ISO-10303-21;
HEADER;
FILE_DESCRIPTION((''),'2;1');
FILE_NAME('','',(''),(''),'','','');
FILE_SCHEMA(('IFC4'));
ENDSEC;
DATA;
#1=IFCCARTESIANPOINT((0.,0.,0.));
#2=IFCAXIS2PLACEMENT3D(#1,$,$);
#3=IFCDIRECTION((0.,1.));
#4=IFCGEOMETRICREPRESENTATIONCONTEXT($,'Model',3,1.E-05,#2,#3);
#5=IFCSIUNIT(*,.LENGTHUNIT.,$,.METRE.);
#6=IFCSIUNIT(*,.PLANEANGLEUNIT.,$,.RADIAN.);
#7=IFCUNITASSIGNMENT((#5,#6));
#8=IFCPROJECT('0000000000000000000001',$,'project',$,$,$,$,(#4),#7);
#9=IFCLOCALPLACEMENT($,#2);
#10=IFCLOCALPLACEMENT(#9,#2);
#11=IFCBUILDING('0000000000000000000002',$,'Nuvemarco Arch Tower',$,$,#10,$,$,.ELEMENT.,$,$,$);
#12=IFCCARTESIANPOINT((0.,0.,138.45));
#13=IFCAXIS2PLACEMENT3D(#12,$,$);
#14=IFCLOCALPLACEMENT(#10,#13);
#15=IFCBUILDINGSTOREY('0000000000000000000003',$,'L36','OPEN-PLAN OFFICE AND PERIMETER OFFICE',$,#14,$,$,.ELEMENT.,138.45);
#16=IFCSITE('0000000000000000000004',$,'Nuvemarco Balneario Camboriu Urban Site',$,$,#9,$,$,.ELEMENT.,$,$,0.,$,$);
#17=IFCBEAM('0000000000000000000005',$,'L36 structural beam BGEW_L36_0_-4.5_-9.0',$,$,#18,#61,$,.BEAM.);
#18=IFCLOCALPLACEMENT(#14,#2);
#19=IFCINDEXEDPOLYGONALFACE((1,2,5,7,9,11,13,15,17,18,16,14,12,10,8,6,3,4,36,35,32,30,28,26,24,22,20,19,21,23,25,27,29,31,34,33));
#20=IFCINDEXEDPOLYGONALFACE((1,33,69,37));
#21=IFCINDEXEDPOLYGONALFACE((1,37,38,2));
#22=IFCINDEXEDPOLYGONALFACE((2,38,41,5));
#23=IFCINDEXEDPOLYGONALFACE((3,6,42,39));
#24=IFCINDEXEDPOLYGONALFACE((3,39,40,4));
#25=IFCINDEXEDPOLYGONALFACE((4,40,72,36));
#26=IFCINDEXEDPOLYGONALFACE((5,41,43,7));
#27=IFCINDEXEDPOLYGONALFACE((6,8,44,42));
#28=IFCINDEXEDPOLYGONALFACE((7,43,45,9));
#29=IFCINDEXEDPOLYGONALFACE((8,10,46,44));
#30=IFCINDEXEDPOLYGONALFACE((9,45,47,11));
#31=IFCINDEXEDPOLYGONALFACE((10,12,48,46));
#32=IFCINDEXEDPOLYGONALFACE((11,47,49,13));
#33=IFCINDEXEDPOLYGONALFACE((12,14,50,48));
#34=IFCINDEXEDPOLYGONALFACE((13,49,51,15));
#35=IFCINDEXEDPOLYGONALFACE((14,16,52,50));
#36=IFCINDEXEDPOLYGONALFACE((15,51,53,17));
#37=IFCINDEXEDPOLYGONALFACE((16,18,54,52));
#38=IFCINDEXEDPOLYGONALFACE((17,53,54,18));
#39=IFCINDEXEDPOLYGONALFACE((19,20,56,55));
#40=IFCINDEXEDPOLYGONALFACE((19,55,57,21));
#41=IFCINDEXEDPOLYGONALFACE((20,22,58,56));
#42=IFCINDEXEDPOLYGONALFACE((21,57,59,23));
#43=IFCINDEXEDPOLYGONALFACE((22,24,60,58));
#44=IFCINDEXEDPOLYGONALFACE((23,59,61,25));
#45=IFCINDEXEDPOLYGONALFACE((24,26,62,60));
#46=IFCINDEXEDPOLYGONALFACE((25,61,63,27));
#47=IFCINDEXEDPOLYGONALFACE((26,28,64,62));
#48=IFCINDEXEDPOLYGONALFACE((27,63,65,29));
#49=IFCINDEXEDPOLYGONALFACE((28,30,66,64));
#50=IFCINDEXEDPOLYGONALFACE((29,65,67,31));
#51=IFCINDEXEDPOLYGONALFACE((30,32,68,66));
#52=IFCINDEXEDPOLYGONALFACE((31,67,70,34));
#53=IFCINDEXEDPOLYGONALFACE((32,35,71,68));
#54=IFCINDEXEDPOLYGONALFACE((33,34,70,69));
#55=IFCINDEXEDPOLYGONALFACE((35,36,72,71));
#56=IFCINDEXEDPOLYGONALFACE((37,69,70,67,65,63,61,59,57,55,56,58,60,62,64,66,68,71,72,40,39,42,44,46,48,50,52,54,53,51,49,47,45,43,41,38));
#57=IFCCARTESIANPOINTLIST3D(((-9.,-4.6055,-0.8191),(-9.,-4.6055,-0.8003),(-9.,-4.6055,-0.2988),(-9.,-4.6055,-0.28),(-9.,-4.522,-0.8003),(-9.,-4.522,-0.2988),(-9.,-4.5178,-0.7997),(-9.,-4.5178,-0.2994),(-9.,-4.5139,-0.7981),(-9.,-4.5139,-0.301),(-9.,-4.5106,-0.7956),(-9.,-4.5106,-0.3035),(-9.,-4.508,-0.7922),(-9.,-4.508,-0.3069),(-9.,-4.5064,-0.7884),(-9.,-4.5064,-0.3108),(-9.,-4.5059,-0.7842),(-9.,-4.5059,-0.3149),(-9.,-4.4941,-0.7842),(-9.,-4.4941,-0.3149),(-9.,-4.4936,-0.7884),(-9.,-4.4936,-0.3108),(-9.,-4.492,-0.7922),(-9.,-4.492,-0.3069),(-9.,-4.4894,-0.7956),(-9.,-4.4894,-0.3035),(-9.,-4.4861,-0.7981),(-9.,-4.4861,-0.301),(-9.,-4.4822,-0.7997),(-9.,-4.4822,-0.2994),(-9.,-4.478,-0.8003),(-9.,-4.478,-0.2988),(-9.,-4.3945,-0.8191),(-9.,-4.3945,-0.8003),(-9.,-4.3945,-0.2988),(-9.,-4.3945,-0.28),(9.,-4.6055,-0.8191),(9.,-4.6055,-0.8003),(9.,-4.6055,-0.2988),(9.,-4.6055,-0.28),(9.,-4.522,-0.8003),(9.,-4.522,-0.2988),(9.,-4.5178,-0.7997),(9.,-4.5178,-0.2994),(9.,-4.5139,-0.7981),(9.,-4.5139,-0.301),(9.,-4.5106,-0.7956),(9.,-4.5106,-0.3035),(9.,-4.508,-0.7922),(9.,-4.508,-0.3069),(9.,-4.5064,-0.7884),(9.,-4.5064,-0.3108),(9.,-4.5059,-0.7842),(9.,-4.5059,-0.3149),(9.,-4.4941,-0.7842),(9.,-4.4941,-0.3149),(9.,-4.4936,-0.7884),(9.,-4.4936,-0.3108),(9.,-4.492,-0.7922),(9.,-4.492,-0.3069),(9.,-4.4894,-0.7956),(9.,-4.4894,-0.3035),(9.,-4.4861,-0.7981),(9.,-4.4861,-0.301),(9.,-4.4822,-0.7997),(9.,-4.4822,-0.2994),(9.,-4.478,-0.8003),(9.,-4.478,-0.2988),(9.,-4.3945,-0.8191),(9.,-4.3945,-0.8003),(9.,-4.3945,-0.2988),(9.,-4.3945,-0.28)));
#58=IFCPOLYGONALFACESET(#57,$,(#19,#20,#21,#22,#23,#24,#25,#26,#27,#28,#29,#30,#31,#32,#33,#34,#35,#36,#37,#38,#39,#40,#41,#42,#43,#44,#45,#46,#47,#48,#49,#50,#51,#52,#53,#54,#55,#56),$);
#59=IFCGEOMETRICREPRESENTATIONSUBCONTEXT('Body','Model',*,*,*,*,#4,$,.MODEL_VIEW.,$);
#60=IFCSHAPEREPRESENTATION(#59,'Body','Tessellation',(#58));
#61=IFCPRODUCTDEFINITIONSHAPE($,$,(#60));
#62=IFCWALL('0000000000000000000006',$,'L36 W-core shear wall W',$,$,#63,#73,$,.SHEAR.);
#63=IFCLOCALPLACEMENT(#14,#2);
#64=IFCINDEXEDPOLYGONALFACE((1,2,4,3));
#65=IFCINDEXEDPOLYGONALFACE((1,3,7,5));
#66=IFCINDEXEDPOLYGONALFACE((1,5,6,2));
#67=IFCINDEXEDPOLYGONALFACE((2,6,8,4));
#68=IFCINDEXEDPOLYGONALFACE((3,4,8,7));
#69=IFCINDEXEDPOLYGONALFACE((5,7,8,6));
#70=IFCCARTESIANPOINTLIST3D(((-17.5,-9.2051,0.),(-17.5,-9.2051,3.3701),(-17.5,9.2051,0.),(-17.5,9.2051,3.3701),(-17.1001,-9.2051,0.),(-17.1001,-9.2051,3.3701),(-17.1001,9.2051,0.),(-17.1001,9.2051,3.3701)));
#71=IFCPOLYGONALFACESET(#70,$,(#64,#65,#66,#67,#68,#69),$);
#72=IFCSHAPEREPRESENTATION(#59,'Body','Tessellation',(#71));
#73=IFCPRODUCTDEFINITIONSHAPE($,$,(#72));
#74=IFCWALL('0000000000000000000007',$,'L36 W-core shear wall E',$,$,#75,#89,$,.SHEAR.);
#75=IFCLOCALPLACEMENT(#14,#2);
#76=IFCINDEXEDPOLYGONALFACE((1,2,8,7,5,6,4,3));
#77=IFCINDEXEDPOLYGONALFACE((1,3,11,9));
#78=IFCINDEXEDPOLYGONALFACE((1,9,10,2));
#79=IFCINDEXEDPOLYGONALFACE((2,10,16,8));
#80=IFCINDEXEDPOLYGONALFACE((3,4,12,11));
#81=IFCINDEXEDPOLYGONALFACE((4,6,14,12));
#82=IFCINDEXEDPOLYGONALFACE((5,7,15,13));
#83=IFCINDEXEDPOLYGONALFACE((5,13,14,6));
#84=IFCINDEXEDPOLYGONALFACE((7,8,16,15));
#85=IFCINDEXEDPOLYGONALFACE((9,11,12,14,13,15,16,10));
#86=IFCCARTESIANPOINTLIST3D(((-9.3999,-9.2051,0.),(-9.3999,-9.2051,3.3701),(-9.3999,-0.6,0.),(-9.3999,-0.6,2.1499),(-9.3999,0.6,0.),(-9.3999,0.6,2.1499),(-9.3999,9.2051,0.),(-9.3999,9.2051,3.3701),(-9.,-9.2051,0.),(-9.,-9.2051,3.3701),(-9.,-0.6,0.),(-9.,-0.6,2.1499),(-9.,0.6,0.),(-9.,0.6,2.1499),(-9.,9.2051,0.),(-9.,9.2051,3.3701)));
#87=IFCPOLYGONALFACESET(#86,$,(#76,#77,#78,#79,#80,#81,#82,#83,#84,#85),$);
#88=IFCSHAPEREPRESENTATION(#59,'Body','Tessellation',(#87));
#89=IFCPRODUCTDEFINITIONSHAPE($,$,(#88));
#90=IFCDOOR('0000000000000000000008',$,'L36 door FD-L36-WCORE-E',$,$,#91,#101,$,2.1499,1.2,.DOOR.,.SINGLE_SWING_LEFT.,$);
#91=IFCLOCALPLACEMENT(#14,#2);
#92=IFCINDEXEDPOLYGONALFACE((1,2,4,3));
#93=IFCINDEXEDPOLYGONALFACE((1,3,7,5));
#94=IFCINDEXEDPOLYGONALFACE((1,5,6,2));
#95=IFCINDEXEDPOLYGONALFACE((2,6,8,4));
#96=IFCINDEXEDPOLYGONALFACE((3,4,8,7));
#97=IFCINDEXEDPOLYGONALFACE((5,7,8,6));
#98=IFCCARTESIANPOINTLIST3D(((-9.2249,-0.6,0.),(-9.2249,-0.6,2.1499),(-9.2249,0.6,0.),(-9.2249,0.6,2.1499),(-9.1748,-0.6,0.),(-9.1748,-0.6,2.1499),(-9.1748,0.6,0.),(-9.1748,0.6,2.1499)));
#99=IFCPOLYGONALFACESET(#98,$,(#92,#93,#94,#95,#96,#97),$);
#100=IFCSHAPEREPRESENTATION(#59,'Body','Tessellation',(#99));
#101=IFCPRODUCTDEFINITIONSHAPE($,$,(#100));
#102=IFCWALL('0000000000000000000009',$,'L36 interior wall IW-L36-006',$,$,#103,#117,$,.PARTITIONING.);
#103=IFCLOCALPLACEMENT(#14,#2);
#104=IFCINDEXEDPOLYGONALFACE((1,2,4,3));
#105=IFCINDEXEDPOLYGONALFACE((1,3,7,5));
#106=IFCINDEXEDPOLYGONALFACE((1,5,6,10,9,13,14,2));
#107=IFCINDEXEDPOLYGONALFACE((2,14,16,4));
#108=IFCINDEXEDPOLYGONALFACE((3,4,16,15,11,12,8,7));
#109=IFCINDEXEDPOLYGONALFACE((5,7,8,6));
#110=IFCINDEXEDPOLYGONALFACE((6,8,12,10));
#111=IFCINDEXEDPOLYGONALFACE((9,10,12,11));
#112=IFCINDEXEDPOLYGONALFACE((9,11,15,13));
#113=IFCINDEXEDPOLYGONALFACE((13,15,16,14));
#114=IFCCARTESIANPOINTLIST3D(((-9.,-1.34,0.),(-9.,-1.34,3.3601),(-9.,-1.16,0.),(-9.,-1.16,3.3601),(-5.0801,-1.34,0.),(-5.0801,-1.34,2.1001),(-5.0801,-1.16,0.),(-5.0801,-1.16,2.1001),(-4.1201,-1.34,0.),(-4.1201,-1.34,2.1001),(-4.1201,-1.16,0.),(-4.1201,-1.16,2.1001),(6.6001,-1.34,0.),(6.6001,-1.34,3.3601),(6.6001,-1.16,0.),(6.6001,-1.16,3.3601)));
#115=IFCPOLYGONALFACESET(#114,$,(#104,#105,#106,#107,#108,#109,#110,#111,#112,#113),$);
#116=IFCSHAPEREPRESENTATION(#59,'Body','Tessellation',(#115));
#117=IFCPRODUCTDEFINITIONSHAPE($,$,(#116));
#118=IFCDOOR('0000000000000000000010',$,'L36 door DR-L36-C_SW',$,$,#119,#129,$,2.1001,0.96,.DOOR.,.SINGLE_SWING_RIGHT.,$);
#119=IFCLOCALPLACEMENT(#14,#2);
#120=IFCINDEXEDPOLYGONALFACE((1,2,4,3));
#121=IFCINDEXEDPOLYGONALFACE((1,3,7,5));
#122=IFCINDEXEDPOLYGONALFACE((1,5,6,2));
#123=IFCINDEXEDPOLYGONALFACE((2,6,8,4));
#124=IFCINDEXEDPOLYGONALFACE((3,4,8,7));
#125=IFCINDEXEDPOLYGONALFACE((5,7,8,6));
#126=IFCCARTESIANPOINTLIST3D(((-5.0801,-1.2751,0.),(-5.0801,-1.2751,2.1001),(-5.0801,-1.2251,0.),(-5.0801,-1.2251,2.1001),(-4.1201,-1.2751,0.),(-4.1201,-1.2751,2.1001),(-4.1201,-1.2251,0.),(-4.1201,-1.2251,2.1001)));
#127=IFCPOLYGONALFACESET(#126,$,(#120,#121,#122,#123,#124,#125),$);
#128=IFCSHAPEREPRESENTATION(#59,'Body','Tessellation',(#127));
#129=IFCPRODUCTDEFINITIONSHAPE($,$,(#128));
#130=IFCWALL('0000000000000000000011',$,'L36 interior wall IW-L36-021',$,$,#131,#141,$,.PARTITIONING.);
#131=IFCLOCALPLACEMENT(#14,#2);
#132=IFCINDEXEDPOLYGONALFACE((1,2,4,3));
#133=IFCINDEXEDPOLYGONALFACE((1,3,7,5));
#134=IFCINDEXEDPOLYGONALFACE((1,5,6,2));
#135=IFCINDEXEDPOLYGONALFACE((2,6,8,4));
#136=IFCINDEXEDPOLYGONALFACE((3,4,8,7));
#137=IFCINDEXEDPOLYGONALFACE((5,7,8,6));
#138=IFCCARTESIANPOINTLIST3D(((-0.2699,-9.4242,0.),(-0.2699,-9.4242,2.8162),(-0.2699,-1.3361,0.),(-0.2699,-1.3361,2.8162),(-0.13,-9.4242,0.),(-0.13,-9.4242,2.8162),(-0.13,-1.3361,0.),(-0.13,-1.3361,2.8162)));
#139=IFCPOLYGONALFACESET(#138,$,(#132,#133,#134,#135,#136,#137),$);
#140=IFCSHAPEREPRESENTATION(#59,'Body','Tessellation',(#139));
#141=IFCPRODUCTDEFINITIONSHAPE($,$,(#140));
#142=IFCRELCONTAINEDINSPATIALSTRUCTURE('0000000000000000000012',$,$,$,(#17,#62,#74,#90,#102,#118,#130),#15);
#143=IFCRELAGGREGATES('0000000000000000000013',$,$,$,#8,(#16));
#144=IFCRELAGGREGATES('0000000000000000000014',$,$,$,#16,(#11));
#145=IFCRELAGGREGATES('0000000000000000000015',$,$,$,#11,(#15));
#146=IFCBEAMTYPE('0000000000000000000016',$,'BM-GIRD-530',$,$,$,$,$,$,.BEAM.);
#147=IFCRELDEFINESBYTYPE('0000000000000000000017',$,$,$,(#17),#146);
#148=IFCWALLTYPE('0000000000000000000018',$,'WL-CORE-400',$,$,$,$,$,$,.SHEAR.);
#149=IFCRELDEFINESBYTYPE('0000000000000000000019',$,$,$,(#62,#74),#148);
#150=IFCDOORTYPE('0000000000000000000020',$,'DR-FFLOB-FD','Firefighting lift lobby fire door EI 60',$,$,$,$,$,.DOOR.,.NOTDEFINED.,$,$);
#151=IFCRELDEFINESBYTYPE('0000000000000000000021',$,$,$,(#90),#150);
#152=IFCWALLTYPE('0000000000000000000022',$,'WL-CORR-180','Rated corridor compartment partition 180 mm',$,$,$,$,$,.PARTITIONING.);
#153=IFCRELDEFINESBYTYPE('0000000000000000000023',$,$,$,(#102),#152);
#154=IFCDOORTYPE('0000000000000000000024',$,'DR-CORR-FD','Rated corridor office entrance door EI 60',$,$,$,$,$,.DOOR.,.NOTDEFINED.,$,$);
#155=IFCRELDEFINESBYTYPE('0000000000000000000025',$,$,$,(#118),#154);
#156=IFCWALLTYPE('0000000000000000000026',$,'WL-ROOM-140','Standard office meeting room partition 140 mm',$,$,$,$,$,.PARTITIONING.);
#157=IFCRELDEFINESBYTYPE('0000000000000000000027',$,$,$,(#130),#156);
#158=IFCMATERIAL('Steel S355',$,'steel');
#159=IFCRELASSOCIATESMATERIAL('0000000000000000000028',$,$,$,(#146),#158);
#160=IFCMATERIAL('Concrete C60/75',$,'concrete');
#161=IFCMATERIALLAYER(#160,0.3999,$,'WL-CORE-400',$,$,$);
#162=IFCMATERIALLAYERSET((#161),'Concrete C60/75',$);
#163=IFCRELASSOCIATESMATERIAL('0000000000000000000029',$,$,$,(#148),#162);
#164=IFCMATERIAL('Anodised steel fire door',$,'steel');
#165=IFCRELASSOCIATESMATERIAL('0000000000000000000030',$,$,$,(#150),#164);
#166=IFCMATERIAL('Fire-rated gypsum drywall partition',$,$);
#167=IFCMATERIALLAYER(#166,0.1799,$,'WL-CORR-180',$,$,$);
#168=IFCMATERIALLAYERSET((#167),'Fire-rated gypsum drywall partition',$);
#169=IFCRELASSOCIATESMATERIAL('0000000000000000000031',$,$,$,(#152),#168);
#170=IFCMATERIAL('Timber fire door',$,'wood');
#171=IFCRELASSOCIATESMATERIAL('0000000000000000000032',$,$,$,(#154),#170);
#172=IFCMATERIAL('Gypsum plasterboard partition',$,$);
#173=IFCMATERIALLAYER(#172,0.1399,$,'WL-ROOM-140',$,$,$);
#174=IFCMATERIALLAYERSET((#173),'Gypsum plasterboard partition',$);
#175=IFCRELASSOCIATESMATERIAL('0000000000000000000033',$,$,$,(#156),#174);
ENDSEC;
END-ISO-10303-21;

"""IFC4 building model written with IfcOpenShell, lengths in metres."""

from ifc_helpers import new_model, si_unit, direction, frame, frame_2d, origin, origin_2d, place, context, subcontext, project, spatial, rectangle, i_section, extrude, source, transform, mapped, material, layer, layer_set, material_profile, profile_set, type_object, type_shapes, element, fill, save


model = new_model("IFC4")

# Units and contexts
model_context = context("Model", 3, precision=1e-05, world=origin(), true_north=direction((0.0, 1.0)))
body_context = subcontext(model_context, "Body", "Model", "MODEL_VIEW")
ifc_project = project(units=[si_unit("LENGTHUNIT", "METRE"), si_unit("PLANEANGLEUNIT", "RADIAN")], contexts=[model_context])

# Site, building, storey
site_placement = place(None, origin())
site = spatial("IfcSite", under=ifc_project, at=site_placement, Name="Nuvemarco Balneario Camboriu Urban Site", CompositionType="ELEMENT", RefElevation=0.0)
building_placement = place(site_placement, origin())
building = spatial("IfcBuilding", under=site, at=building_placement, Name="Nuvemarco Arch Tower", CompositionType="ELEMENT")
storey_placement = place(building_placement, frame((0.0, 0.0, 138.45)))
storey = spatial("IfcBuildingStorey", under=building, at=storey_placement, Name="L36", Description="OPEN-PLAN OFFICE AND PERIMETER OFFICE", CompositionType="ELEMENT", Elevation=138.45)

# Shared definitions
ifc_material_1 = material(Name="Steel S355", Category="steel")

# Beam
ifc_material_2 = material(Name="Concrete C60/75", Category="concrete")
ifc_material_profile_1 = material_profile(ifc_material_1, i_section(OverallWidth=0.2109, OverallDepth=0.5391, WebThickness=0.0117, FlangeThickness=0.0188, FilletRadius=0.0161, at=origin_2d()), Name="W530x109")
ifc_profile_set_1 = profile_set([ifc_material_profile_1], Name="Steel S355")
beam_type_1 = type_object("IfcBeamType", Name="BM-GIRD-530", PredefinedType="BEAM", material=ifc_profile_set_1)
beam_1_placement = place(storey_placement, frame((-9.0, -4.5, -0.5496), z_axis=(1.0, 0.0, 0.0), x_axis=(0.0, 1.0, 0.0)))
element("IfcBeam", 1, at=beam_1_placement, inside=storey, type_object=beam_type_1, Name="L36 structural beam BGEW_L36_0_-4.5_-9.0", PredefinedType="BEAM", context=body_context, shape_type="SweptSolid", body=[
    extrude(i_section(OverallWidth=0.2109, OverallDepth=0.5391, WebThickness=0.0117, FlangeThickness=0.0188, FilletRadius=0.0161, at=origin_2d()), origin(), (0.0, 0.0, 1.0), 18.0),
])

# Wall
ifc_layer_1 = layer(ifc_material_2, 0.3999, Name="WL-CORE-400")
ifc_layer_set_1 = layer_set([ifc_layer_1], Name="Concrete C60/75")
wall_type_1 = type_object("IfcWallType", Name="WL-CORE-400", PredefinedType="SHEAR", material=ifc_layer_set_1)
wall_1_placement = place(storey_placement, frame((-17.3, -9.2051, 0.0), z_axis=(0.0, 0.0, 1.0), x_axis=(0.0, 1.0, 0.0)))
element("IfcWall", 2, at=wall_1_placement, inside=storey, type_object=wall_type_1, Name="L36 W-core shear wall W", PredefinedType="SHEAR", context=body_context, shape_type="SweptSolid", body=[
    extrude(rectangle(XDim=18.4102, YDim=0.3999, at=frame_2d((9.2051, 0.0))), origin(), (0.0, 0.0, 1.0), 3.3701),
])

# Walls, openings, doors
wall_2_placement = place(storey_placement, frame((-9.2, -9.2051, 0.0), z_axis=(0.0, 0.0, 1.0), x_axis=(0.0, 1.0, 0.0)))
wall_2 = element("IfcWall", 3, at=wall_2_placement, inside=storey, type_object=wall_type_1, Name="L36 W-core shear wall E", PredefinedType="SHEAR", context=body_context, shape_type="SweptSolid", body=[
    extrude(rectangle(XDim=18.4102, YDim=0.3999, at=frame_2d((9.2051, 0.0))), origin(), (0.0, 0.0, 1.0), 3.3701),
])
opening_1_placement = place(wall_2_placement, frame((8.605, 0.0, 0.0)))
opening_1 = element("IfcOpeningElement", 4, at=opening_1_placement, cuts=wall_2, PredefinedType="OPENING", context=body_context, shape_type="SweptSolid", body=[
    extrude(rectangle(XDim=1.2, YDim=2.1499, at=frame_2d((0.6001, 1.075))), frame((0.0, 0.21, 0.0), z_axis=(0.0, -1.0, 0.0), x_axis=(1.0, 0.0, 0.0)), (0.0, 0.0, 1.0), 0.4199),
])
ifc_material_3 = material(Name="Anodised steel fire door", Category="steel")
door_type_1 = type_object("IfcDoorType", Name="DR-FFLOB-FD", Description="Firefighting lift lobby fire door EI 60", OperationType="NOTDEFINED", PredefinedType="DOOR", material=ifc_material_3)
shared_shape_1 = source(origin(), body_context, "Body", "SweptSolid", [
    extrude(rectangle(XDim=1.2, YDim=2.1499, at=frame_2d((0.6001, 1.075))), frame((0.0, 0.0249, 0.0), z_axis=(0.0, -1.0, 0.0), x_axis=(1.0, 0.0, 0.0)), (0.0, 0.0, 1.0), 0.05),
])
type_shapes(door_type_1, [shared_shape_1])
door_1_placement = place(opening_1_placement, origin())
door_1 = element("IfcDoor", 5, at=door_1_placement, inside=storey, type_object=door_type_1, Name="L36 door FD-L36-WCORE-E", OperationType="SINGLE_SWING_LEFT", OverallHeight=2.1499, OverallWidth=1.2, PredefinedType="DOOR", context=body_context, shape_type="MappedRepresentation", body=[
    mapped(shared_shape_1, transform((0.0, 0.0, 0.0), scale=1.0)),
])
fill(opening_1, door_1)
ifc_material_4 = material(Name="Fire-rated gypsum drywall partition")
ifc_layer_2 = layer(ifc_material_4, 0.1799, Name="WL-CORR-180")
ifc_layer_set_2 = layer_set([ifc_layer_2], Name="Fire-rated gypsum drywall partition")
wall_type_2 = type_object("IfcWallType", Name="WL-CORR-180", Description="Rated corridor compartment partition 180 mm", PredefinedType="PARTITIONING", material=ifc_layer_set_2)
wall_3_placement = place(storey_placement, frame((-9.0, -1.25, 0.0), z_axis=(0.0, 0.0, 1.0), x_axis=(1.0, 0.0, 0.0)))
wall_3 = element("IfcWall", 6, at=wall_3_placement, inside=storey, type_object=wall_type_2, Name="L36 interior wall IW-L36-006", PredefinedType="PARTITIONING", context=body_context, shape_type="SweptSolid", body=[
    extrude(rectangle(XDim=15.6001, YDim=0.1799, at=frame_2d((7.8, 0.0))), origin(), (0.0, 0.0, 1.0), 3.3601),
])
opening_2_placement = place(wall_3_placement, frame((3.9199, 0.0, 0.0)))
opening_2 = element("IfcOpeningElement", 7, at=opening_2_placement, cuts=wall_3, PredefinedType="OPENING", context=body_context, shape_type="SweptSolid", body=[
    extrude(rectangle(XDim=0.96, YDim=2.1001, at=frame_2d((0.48, 1.05))), frame((0.0, 0.0999, 0.0), z_axis=(0.0, -1.0, 0.0), x_axis=(1.0, 0.0, 0.0)), (0.0, 0.0, 1.0), 0.2),
])
ifc_material_5 = material(Name="Timber fire door", Category="wood")
door_type_2 = type_object("IfcDoorType", Name="DR-CORR-FD", Description="Rated corridor office entrance door EI 60", OperationType="NOTDEFINED", PredefinedType="DOOR", material=ifc_material_5)
shared_shape_2 = source(origin(), body_context, "Body", "SweptSolid", [
    extrude(rectangle(XDim=0.96, YDim=2.1001, at=frame_2d((0.48, 1.05))), frame((0.0, 0.0249, 0.0), z_axis=(0.0, -1.0, 0.0), x_axis=(1.0, 0.0, 0.0)), (0.0, 0.0, 1.0), 0.05),
])
type_shapes(door_type_2, [shared_shape_2])
door_2_placement = place(opening_2_placement, origin())
door_2 = element("IfcDoor", 8, at=door_2_placement, inside=storey, type_object=door_type_2, Name="L36 door DR-L36-C_SW", OperationType="SINGLE_SWING_RIGHT", OverallHeight=2.1001, OverallWidth=0.96, PredefinedType="DOOR", context=body_context, shape_type="MappedRepresentation", body=[
    mapped(shared_shape_2, transform((0.0, 0.0, 0.0), scale=1.0)),
])
fill(opening_2, door_2)

# Wall
ifc_material_6 = material(Name="Gypsum plasterboard partition")
ifc_layer_3 = layer(ifc_material_6, 0.1399, Name="WL-ROOM-140")
ifc_layer_set_3 = layer_set([ifc_layer_3], Name="Gypsum plasterboard partition")
wall_type_3 = type_object("IfcWallType", Name="WL-ROOM-140", Description="Standard office meeting room partition 140 mm", PredefinedType="PARTITIONING", material=ifc_layer_set_3)
wall_4_placement = place(storey_placement, frame((-0.2, -9.4241, 0.0), z_axis=(0.0, 0.0, 1.0), x_axis=(0.0, 1.0, 0.0)))
element("IfcWall", 9, at=wall_4_placement, inside=storey, type_object=wall_type_3, Name="L36 interior wall IW-L36-021", PredefinedType="PARTITIONING", context=body_context, shape_type="SweptSolid", body=[
    extrude(rectangle(XDim=8.0881, YDim=0.1399, at=frame_2d((4.0439, 0.0))), origin(), (0.0, 0.0, 1.0), 2.8162),
])

save(model, "model.ifc")
